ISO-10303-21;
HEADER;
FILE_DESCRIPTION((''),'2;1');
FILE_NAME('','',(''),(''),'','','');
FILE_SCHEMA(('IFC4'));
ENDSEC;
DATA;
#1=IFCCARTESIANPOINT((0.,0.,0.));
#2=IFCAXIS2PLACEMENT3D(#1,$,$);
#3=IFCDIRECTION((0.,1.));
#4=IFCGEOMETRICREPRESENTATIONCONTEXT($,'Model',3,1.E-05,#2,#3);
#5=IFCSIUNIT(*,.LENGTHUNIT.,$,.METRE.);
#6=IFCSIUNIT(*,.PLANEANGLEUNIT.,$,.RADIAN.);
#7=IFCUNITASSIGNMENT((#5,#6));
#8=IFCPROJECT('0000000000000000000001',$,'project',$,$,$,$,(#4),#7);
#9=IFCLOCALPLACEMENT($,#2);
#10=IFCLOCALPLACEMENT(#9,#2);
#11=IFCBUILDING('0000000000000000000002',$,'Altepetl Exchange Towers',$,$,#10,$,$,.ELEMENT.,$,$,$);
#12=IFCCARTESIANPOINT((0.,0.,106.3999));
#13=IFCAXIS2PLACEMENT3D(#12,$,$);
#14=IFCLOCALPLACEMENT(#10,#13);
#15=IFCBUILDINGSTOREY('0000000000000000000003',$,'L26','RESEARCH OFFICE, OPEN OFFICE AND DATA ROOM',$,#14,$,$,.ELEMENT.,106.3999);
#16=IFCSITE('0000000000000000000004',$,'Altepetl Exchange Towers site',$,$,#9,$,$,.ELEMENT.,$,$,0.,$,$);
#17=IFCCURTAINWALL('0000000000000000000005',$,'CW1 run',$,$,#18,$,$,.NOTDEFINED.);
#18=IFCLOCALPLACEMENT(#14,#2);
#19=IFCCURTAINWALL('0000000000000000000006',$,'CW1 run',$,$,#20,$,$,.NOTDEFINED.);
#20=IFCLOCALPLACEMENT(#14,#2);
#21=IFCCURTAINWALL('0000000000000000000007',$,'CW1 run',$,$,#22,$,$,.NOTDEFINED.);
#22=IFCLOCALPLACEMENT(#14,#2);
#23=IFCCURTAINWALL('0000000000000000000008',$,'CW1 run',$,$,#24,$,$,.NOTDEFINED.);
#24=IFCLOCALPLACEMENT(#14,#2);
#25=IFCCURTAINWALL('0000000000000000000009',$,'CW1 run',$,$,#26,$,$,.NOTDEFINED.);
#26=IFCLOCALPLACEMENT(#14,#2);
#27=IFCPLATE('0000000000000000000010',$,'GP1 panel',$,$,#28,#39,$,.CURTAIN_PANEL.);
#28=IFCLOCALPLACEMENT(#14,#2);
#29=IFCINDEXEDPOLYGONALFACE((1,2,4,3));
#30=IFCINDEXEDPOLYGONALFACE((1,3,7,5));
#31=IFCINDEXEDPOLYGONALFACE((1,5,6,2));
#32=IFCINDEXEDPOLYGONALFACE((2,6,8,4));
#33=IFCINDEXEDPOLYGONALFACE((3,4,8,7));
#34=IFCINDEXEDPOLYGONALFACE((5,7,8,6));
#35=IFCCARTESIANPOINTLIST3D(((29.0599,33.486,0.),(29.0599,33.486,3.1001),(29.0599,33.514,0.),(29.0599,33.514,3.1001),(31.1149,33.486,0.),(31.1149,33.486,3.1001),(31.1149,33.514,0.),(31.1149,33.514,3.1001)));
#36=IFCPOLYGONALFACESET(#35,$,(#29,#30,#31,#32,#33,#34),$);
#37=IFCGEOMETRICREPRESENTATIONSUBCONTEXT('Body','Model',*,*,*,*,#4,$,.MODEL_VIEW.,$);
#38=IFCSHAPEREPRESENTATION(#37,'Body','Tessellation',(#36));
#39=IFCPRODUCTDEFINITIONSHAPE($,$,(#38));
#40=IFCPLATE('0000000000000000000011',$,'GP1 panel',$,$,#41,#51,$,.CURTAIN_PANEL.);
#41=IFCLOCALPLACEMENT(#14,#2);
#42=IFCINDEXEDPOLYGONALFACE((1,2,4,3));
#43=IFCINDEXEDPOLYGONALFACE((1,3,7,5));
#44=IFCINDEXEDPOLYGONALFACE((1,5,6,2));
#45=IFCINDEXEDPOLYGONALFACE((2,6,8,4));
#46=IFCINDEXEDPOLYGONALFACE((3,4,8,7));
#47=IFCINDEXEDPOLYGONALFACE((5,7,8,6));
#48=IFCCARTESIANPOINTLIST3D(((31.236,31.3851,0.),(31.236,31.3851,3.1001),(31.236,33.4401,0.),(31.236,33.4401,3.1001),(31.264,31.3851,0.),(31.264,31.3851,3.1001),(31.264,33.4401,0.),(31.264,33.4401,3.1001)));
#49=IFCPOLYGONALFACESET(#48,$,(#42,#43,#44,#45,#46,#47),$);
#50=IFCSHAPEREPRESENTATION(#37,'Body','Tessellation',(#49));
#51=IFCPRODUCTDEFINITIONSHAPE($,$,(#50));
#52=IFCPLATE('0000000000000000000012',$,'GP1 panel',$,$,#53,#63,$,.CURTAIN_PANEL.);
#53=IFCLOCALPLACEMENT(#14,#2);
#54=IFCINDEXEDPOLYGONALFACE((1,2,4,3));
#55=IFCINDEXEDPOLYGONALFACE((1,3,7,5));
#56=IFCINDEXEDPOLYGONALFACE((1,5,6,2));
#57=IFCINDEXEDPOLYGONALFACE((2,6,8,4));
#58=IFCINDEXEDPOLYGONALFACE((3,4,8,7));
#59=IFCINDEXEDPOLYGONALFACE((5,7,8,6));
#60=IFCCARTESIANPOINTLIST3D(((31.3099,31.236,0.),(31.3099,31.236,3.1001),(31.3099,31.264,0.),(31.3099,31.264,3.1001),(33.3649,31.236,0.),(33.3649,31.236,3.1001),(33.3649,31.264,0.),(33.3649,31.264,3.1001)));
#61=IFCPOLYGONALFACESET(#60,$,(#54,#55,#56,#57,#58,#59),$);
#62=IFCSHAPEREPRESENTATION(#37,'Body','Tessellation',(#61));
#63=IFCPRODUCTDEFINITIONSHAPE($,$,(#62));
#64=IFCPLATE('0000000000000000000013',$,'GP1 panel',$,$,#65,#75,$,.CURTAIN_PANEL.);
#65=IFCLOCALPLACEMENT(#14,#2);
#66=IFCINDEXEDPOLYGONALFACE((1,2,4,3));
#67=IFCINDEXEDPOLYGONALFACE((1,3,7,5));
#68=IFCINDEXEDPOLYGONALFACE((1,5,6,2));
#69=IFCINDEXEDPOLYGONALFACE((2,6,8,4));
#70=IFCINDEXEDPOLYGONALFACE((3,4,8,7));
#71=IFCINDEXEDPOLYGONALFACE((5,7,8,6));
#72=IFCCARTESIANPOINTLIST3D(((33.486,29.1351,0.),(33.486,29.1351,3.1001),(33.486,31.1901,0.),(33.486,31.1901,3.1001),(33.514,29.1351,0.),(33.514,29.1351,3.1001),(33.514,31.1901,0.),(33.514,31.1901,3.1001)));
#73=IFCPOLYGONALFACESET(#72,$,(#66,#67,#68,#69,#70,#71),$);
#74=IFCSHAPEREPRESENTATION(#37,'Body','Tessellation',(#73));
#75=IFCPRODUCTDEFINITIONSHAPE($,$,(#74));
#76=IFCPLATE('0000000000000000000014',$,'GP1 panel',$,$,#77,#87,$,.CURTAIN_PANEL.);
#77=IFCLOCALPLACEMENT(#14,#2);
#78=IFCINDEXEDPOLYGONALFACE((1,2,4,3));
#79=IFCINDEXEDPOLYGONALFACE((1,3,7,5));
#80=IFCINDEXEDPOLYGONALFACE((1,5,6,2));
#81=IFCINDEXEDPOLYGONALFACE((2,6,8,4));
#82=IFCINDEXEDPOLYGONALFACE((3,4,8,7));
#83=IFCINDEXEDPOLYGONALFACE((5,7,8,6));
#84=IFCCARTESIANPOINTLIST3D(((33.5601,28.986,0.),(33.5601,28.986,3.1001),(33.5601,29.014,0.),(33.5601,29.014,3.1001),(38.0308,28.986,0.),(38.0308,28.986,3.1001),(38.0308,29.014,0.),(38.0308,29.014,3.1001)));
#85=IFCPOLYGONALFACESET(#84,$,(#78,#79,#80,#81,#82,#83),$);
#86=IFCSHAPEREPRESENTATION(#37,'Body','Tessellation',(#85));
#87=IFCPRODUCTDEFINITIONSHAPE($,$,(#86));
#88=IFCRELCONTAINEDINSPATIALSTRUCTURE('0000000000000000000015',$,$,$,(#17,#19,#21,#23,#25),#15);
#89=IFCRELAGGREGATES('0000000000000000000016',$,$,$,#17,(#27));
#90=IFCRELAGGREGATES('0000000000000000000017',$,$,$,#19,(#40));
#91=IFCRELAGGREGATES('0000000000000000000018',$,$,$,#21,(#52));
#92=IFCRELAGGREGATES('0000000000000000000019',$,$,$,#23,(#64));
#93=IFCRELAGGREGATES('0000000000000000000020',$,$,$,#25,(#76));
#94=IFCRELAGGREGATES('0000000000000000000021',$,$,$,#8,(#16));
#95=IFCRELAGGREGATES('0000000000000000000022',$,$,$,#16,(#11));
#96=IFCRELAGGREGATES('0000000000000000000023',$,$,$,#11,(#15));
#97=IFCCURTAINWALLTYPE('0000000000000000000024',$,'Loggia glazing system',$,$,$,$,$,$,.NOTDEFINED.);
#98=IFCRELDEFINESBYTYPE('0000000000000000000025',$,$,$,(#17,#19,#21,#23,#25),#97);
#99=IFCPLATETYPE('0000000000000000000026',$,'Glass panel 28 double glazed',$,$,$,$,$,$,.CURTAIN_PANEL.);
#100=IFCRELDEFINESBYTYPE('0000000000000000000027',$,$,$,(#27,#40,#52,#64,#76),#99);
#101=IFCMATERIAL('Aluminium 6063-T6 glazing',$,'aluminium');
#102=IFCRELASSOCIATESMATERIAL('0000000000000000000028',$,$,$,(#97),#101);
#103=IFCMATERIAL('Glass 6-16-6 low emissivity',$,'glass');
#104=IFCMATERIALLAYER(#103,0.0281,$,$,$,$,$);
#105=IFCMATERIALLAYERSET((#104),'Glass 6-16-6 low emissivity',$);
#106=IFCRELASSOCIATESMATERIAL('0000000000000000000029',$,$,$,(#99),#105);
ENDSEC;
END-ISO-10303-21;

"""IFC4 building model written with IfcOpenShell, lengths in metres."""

from ifc_helpers import new_model, si_unit, direction, frame, origin, origin_2d, place, context, subcontext, project, spatial, rectangle, extrude, material, layer, layer_set, type_object, element, aggregate, save


model = new_model("IFC4")

# Units and contexts
model_context = context("Model", 3, precision=1e-05, world=origin(), true_north=direction((0.0, 1.0)))
body_context = subcontext(model_context, "Body", "Model", "MODEL_VIEW")
ifc_project = project(units=[si_unit("LENGTHUNIT", "METRE"), si_unit("PLANEANGLEUNIT", "RADIAN")], contexts=[model_context])

# Site, building, storey
site_placement = place(None, origin())
site = spatial("IfcSite", under=ifc_project, at=site_placement, Name="Altepetl Exchange Towers site", CompositionType="ELEMENT", RefElevation=0.0)
building_placement = place(site_placement, origin())
building = spatial("IfcBuilding", under=site, at=building_placement, Name="Altepetl Exchange Towers", CompositionType="ELEMENT")
storey_placement = place(building_placement, frame((0.0, 0.0, 106.3999)))
storey = spatial("IfcBuildingStorey", under=building, at=storey_placement, Name="L26", Description="RESEARCH OFFICE, OPEN OFFICE AND DATA ROOM", CompositionType="ELEMENT", Elevation=106.3999)

# Curtain walls
ifc_material_1 = material(Name="Aluminium 6063-T6 glazing", Category="aluminium")
curtain_wall_type = type_object("IfcCurtainWallType", Name="Loggia glazing system", PredefinedType="NOTDEFINED", material=ifc_material_1)
curtain_wall_1_placement = place(storey_placement, origin())
curtain_wall_1 = element("IfcCurtainWall", 1, at=curtain_wall_1_placement, inside=storey, type_object=curtain_wall_type, Name="CW1 run", PredefinedType="NOTDEFINED")
curtain_wall_2_placement = place(storey_placement, origin())
curtain_wall_2 = element("IfcCurtainWall", 2, at=curtain_wall_2_placement, inside=storey, type_object=curtain_wall_type, Name="CW1 run", PredefinedType="NOTDEFINED")
curtain_wall_3_placement = place(storey_placement, origin())
curtain_wall_3 = element("IfcCurtainWall", 3, at=curtain_wall_3_placement, inside=storey, type_object=curtain_wall_type, Name="CW1 run", PredefinedType="NOTDEFINED")
curtain_wall_4_placement = place(storey_placement, origin())
curtain_wall_4 = element("IfcCurtainWall", 4, at=curtain_wall_4_placement, inside=storey, type_object=curtain_wall_type, Name="CW1 run", PredefinedType="NOTDEFINED")

# Curtain wall
curtain_wall_5_placement = place(storey_placement, origin())
curtain_wall_5 = element("IfcCurtainWall", 5, at=curtain_wall_5_placement, inside=storey, type_object=curtain_wall_type, Name="CW1 run", PredefinedType="NOTDEFINED")

# Plates
ifc_material_2 = material(Name="Glass 6-16-6 low emissivity", Category="glass")
ifc_layer = layer(ifc_material_2, 0.0281)
ifc_layer_set = layer_set([ifc_layer], Name="Glass 6-16-6 low emissivity")
plate_type = type_object("IfcPlateType", Name="Glass panel 28 double glazed", PredefinedType="CURTAIN_PANEL", material=ifc_layer_set)
plate_1_placement = place(storey_placement, frame((30.0874, 33.5, 0.0)))
plate_1 = element("IfcPlate", 6, at=plate_1_placement, type_object=plate_type, Name="GP1 panel", PredefinedType="CURTAIN_PANEL", context=body_context, shape_type="SweptSolid", body=[
    extrude(rectangle(XDim=2.0549, YDim=0.0281, at=origin_2d()), origin(), (0.0, 0.0, 1.0), 3.1001),
])
aggregate(curtain_wall_1, [plate_1])
plate_2_placement = place(storey_placement, frame((31.25, 32.4126, 0.0), z_axis=(0.0, 0.0, 1.0), x_axis=(0.0, -1.0, 0.0)))
plate_2 = element("IfcPlate", 7, at=plate_2_placement, type_object=plate_type, Name="GP1 panel", PredefinedType="CURTAIN_PANEL", context=body_context, shape_type="SweptSolid", body=[
    extrude(rectangle(XDim=2.0549, YDim=0.0281, at=origin_2d()), origin(), (0.0, 0.0, 1.0), 3.1001),
])
aggregate(curtain_wall_2, [plate_2])
plate_3_placement = place(storey_placement, frame((32.3374, 31.25, 0.0)))
plate_3 = element("IfcPlate", 8, at=plate_3_placement, type_object=plate_type, Name="GP1 panel", PredefinedType="CURTAIN_PANEL", context=body_context, shape_type="SweptSolid", body=[
    extrude(rectangle(XDim=2.0549, YDim=0.0281, at=origin_2d()), origin(), (0.0, 0.0, 1.0), 3.1001),
])
aggregate(curtain_wall_3, [plate_3])
plate_4_placement = place(storey_placement, frame((33.5, 30.1626, 0.0), z_axis=(0.0, 0.0, 1.0), x_axis=(0.0, -1.0, 0.0)))
plate_4 = element("IfcPlate", 9, at=plate_4_placement, type_object=plate_type, Name="GP1 panel", PredefinedType="CURTAIN_PANEL", context=body_context, shape_type="SweptSolid", body=[
    extrude(rectangle(XDim=2.0549, YDim=0.0281, at=origin_2d()), origin(), (0.0, 0.0, 1.0), 3.1001),
])
aggregate(curtain_wall_4, [plate_4])
plate_5_placement = place(storey_placement, frame((35.7954, 29.0, 0.0)))
plate_5 = element("IfcPlate", 10, at=plate_5_placement, type_object=plate_type, Name="GP1 panel", PredefinedType="CURTAIN_PANEL", context=body_context, shape_type="SweptSolid", body=[
    extrude(rectangle(XDim=4.4707, YDim=0.0281, at=origin_2d()), origin(), (0.0, 0.0, 1.0), 3.1001),
])
aggregate(curtain_wall_5, [plate_5])

save(model, "model.ifc")
